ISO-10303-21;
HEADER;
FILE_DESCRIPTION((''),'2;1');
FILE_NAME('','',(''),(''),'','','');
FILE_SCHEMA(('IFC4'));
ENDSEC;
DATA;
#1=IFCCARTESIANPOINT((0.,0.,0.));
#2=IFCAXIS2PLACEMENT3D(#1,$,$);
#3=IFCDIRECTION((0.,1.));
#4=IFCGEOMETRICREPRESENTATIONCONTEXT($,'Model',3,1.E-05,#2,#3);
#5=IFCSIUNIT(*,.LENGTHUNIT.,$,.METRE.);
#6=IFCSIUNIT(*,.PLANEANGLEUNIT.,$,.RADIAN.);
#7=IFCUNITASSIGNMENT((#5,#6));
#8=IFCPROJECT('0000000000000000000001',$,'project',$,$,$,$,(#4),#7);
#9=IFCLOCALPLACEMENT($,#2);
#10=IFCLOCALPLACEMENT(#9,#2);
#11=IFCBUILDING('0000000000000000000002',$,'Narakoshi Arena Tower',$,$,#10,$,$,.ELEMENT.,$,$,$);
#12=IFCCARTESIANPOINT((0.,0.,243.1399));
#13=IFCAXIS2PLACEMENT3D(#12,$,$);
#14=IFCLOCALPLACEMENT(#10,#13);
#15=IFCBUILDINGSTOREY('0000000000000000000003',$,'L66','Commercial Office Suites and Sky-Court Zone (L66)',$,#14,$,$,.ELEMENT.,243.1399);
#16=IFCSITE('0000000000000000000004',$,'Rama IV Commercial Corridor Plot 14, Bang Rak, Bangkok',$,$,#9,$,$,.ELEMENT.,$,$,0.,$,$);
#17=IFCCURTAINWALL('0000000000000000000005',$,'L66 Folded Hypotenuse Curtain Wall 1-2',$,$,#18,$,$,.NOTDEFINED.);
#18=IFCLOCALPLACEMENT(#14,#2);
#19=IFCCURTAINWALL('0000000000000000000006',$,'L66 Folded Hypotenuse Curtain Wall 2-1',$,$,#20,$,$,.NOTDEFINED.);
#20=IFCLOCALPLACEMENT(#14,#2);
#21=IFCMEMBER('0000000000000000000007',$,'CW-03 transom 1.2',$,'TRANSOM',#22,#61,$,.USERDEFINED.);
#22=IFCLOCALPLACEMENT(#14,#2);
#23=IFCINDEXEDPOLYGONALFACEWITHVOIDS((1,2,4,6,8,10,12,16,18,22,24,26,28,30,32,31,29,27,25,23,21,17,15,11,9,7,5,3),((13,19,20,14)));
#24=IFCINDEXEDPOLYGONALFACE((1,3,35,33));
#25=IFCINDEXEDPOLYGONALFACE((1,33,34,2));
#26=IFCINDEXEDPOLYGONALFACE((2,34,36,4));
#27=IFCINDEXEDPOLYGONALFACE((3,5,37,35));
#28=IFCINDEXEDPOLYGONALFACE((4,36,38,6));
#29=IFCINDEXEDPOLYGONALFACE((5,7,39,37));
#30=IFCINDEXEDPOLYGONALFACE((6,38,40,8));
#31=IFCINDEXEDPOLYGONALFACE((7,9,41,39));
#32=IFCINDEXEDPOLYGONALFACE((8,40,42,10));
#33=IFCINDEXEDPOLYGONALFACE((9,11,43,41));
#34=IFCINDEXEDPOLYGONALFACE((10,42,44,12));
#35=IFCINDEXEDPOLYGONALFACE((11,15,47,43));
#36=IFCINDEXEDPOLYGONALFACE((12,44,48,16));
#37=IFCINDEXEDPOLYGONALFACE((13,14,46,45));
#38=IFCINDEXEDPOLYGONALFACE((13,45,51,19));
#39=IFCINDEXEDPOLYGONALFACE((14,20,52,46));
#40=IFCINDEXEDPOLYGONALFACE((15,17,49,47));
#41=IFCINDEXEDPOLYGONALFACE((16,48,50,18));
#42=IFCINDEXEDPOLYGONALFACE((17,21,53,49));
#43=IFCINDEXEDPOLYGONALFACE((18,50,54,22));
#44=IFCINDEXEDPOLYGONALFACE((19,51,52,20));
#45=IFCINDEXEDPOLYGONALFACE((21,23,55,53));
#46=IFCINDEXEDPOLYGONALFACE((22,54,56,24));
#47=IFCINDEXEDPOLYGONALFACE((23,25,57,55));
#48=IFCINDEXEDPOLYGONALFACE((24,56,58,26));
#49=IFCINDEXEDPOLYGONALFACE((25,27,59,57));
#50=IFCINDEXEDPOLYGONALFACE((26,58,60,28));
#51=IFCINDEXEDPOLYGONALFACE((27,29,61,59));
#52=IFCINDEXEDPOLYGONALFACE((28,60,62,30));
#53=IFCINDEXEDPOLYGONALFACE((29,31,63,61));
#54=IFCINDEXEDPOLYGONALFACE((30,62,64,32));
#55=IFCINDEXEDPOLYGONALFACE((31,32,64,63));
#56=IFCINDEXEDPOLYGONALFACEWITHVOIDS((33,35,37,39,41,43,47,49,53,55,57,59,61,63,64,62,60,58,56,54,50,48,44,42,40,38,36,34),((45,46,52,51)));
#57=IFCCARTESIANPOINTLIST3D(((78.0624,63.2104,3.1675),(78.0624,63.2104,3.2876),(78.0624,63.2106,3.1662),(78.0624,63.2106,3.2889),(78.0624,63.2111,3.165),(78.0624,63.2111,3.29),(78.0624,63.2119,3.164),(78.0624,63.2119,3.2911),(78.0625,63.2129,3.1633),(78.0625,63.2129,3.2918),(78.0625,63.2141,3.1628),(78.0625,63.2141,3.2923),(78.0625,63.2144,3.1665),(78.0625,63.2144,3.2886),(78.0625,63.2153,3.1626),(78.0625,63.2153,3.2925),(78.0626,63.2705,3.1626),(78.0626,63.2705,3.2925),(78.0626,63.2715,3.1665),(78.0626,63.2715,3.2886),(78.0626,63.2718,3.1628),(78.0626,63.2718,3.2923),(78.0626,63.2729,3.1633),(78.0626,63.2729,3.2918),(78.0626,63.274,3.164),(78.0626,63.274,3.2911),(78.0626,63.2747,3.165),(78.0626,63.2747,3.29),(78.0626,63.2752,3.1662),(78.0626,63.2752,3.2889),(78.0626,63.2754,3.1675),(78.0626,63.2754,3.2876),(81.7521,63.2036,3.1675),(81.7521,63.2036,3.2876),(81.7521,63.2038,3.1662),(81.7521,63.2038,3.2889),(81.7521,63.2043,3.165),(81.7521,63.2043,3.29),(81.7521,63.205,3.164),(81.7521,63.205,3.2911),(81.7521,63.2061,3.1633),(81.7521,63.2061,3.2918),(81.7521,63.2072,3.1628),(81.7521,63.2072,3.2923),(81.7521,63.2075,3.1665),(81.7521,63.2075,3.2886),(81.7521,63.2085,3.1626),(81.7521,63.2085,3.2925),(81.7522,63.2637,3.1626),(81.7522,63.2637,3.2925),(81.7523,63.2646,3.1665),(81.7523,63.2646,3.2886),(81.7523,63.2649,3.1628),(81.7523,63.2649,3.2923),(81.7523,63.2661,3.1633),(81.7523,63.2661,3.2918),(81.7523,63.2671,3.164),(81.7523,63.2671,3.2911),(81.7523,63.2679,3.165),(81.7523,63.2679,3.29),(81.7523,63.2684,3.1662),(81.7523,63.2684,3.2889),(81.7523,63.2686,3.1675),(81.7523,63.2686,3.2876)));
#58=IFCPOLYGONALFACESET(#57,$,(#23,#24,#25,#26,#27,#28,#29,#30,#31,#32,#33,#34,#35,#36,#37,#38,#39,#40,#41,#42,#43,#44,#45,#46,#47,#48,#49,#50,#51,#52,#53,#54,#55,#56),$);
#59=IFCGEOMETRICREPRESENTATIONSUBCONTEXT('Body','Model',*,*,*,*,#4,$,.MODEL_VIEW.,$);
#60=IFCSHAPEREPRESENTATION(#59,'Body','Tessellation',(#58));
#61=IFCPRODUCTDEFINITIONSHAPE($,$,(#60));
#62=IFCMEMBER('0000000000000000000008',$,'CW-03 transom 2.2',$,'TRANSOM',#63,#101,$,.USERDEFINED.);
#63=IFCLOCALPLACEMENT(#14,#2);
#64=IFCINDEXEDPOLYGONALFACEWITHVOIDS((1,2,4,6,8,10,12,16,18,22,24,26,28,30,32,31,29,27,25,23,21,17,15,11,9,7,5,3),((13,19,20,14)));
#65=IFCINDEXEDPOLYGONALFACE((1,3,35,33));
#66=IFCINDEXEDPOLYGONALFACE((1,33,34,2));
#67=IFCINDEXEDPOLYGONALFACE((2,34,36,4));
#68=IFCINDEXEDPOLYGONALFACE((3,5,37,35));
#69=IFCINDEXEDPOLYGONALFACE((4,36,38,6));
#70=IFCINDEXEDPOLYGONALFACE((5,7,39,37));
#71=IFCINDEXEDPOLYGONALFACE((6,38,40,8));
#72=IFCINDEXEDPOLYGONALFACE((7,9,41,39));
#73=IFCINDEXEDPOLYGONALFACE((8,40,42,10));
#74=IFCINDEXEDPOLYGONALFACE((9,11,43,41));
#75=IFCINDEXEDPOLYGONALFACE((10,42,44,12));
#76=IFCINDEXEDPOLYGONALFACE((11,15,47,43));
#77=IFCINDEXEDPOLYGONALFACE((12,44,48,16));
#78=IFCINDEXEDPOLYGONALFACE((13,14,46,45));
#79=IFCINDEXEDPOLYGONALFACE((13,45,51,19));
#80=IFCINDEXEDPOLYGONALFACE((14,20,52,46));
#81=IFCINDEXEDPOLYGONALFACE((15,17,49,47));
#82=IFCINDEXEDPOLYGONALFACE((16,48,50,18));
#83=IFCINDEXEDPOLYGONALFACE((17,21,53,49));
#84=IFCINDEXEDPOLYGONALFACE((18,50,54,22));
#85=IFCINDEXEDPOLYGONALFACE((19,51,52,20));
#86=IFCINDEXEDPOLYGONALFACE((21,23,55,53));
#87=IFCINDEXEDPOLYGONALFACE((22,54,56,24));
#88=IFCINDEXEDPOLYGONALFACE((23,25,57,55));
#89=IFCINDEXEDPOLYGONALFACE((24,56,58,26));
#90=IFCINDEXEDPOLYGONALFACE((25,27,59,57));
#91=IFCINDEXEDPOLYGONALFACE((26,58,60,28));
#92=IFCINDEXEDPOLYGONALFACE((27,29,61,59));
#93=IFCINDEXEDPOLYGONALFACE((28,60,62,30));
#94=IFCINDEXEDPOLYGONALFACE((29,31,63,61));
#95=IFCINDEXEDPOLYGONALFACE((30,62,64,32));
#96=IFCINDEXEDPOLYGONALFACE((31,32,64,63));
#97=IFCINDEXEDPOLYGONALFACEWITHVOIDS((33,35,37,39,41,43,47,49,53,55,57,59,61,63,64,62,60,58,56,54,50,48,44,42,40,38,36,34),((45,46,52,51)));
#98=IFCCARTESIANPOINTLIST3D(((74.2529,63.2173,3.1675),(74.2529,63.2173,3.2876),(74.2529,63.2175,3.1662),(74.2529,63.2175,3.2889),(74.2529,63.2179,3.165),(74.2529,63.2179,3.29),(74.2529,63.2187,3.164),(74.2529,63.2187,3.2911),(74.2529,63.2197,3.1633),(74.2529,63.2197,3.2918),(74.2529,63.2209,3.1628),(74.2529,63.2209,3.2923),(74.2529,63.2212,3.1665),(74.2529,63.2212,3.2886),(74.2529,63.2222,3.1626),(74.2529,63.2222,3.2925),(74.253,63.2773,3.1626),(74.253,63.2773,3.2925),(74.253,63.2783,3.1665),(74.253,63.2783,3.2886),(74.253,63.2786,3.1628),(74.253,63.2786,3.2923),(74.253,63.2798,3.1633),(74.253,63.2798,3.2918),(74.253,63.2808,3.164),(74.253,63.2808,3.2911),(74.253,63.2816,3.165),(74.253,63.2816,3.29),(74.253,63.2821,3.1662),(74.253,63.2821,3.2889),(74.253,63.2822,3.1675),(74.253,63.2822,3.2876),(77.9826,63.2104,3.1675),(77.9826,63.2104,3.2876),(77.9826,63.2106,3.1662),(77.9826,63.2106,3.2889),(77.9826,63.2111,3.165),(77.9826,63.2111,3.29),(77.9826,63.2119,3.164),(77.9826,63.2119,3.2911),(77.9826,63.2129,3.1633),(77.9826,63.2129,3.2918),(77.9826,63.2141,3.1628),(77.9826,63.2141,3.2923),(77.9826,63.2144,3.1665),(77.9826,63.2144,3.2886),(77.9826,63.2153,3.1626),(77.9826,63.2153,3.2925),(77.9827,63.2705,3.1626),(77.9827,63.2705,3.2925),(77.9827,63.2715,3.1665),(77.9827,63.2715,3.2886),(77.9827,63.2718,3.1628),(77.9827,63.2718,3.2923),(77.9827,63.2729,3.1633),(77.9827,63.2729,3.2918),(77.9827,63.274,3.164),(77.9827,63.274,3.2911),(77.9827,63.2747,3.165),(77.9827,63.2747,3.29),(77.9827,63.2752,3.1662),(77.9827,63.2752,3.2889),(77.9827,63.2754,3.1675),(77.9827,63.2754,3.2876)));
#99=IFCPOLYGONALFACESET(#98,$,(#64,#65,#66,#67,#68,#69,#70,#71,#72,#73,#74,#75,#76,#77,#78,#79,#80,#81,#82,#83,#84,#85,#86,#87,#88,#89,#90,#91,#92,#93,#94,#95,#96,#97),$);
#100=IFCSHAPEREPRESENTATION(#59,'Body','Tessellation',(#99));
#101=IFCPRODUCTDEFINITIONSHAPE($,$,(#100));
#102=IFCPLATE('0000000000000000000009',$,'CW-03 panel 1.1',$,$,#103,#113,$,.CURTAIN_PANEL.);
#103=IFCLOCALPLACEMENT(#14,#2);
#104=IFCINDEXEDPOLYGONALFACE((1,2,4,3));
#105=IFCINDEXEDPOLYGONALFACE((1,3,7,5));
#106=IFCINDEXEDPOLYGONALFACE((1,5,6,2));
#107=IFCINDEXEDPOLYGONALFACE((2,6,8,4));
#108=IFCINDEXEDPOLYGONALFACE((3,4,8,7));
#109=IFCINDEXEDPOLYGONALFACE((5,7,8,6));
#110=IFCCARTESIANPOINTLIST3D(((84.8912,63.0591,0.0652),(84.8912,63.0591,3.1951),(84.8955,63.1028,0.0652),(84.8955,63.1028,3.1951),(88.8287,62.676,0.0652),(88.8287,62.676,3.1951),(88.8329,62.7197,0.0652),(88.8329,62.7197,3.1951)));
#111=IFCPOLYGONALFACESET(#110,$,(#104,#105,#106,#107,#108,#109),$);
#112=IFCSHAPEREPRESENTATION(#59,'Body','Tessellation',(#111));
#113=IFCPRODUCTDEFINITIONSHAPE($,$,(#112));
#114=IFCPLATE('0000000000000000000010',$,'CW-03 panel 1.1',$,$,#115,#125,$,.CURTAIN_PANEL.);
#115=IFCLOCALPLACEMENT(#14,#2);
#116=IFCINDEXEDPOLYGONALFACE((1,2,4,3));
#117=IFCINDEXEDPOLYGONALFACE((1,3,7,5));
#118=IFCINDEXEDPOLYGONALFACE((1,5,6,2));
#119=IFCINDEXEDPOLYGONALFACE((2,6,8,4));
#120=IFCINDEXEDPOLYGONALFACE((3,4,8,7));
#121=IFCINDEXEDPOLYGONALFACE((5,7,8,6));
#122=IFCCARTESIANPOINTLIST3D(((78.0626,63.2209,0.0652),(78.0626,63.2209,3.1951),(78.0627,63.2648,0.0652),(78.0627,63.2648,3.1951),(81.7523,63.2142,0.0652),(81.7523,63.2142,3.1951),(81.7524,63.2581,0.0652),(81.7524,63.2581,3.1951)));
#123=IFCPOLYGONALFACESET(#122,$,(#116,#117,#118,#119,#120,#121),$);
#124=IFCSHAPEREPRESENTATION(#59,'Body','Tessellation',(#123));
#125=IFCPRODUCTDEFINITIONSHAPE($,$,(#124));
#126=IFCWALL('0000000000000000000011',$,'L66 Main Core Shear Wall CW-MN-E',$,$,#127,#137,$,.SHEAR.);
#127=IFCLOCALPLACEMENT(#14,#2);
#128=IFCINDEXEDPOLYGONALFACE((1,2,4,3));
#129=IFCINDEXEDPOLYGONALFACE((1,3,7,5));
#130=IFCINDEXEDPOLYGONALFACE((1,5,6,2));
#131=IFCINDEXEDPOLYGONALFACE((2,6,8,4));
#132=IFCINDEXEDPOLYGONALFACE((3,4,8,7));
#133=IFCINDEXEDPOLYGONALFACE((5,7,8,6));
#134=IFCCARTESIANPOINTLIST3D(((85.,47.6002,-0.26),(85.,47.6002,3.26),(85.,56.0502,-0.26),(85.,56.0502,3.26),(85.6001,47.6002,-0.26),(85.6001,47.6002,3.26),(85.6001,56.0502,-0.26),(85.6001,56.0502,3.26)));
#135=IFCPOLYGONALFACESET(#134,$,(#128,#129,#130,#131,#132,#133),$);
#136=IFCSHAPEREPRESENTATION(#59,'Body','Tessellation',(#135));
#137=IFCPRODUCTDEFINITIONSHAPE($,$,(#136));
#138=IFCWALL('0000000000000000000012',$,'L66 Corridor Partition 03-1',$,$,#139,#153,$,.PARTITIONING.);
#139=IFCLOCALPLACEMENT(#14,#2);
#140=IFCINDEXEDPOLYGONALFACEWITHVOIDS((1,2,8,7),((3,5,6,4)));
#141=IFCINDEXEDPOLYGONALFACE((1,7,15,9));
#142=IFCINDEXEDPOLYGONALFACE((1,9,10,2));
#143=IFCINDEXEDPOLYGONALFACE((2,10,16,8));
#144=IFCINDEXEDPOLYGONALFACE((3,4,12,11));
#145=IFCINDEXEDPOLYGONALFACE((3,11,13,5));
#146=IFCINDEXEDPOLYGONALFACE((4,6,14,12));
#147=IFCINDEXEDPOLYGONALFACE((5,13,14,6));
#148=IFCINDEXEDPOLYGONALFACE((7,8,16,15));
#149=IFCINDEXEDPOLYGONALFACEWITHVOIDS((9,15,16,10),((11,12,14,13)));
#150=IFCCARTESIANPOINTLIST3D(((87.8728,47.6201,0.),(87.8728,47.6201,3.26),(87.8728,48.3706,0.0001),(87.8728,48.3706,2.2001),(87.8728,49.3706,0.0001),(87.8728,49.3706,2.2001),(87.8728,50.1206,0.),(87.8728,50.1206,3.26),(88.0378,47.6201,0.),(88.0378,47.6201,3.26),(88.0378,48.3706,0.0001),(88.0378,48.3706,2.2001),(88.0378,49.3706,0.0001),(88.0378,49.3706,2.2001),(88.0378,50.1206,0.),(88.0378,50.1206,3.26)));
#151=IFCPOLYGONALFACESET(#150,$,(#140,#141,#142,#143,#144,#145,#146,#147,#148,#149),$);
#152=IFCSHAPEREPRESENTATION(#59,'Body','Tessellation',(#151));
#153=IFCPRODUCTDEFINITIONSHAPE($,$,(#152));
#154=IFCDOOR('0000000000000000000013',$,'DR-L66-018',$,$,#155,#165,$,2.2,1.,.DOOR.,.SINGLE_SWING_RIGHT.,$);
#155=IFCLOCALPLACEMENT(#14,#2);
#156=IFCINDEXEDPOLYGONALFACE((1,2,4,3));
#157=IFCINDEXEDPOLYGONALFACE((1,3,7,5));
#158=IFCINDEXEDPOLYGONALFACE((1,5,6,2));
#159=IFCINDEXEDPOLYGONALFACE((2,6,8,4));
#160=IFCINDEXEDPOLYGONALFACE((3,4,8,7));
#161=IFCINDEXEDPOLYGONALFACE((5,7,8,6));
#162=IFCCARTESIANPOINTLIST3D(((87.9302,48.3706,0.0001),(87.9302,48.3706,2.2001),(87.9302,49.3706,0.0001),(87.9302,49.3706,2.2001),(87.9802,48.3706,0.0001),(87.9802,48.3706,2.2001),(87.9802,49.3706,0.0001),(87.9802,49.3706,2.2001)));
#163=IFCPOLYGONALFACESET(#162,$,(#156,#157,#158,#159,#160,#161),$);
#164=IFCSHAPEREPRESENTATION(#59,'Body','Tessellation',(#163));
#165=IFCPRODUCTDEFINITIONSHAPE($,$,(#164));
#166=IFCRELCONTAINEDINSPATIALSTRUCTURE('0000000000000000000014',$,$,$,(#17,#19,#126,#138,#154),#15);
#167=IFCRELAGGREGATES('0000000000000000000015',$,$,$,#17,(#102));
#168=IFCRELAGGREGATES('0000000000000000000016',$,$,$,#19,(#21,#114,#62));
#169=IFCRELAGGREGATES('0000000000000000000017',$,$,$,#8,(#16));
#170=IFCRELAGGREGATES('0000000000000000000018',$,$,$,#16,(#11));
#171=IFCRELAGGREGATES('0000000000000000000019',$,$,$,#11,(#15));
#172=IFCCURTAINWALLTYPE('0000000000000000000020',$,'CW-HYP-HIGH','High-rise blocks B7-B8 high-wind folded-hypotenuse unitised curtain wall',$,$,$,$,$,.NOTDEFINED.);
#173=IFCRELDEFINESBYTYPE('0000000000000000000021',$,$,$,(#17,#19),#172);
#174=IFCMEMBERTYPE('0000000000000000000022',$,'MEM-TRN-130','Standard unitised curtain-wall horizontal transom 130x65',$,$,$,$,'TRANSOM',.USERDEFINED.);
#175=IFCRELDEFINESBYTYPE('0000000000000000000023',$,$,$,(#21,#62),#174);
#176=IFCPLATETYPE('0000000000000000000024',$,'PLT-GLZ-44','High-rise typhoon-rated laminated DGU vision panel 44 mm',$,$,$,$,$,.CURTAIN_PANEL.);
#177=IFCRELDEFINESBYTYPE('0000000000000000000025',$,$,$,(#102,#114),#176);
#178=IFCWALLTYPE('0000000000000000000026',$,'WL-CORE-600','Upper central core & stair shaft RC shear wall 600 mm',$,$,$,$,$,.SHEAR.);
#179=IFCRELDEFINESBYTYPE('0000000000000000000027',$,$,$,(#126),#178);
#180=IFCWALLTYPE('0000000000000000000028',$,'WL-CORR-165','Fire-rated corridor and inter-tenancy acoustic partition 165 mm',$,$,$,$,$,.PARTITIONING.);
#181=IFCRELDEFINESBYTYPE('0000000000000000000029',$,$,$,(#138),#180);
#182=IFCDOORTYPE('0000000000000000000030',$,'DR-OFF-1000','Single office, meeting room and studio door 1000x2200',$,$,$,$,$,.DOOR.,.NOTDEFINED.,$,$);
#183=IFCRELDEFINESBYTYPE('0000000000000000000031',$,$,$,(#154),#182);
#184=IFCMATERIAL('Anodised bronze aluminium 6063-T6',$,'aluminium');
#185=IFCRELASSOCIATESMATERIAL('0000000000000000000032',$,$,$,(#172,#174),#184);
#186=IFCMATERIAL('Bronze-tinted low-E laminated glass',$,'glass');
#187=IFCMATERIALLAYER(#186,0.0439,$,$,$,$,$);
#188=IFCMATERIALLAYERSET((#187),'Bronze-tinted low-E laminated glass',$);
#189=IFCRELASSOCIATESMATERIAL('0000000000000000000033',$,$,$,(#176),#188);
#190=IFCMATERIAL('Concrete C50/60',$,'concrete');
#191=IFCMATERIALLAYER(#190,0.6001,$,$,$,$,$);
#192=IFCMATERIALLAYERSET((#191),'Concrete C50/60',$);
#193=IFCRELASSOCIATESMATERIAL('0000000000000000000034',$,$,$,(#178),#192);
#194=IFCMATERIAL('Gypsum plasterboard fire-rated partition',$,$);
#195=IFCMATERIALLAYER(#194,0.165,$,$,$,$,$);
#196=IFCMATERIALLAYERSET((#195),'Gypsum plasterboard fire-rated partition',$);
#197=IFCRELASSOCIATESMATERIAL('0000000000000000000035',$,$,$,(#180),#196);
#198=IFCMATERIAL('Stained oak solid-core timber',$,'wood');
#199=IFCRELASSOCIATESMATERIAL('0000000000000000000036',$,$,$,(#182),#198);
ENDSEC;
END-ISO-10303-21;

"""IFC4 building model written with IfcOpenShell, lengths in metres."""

from ifc_helpers import new_model, si_unit, direction, frame, frame_2d, origin, origin_2d, place, context, subcontext, project, spatial, rectangle, hollow_rectangle, extrude, material, layer, layer_set, material_profile, profile_set, type_object, element, fill, aggregate, save


model = new_model("IFC4")

# Units and contexts
model_context = context("Model", 3, precision=1e-05, world=origin(), true_north=direction((0.0, 1.0)))
body_context = subcontext(model_context, "Body", "Model", "MODEL_VIEW")
ifc_project = project(units=[si_unit("LENGTHUNIT", "METRE"), si_unit("PLANEANGLEUNIT", "RADIAN")], contexts=[model_context])

# Site, building, storey
site_placement = place(None, origin())
site = spatial("IfcSite", under=ifc_project, at=site_placement, Name="Rama IV Commercial Corridor Plot 14, Bang Rak, Bangkok", CompositionType="ELEMENT", RefElevation=0.0)
building_placement = place(site_placement, origin())
building = spatial("IfcBuilding", under=site, at=building_placement, Name="Narakoshi Arena Tower", CompositionType="ELEMENT")
storey_placement = place(building_placement, frame((0.0, 0.0, 243.1399)))
storey = spatial("IfcBuildingStorey", under=building, at=storey_placement, Name="L66", Description="Commercial Office Suites and Sky-Court Zone (L66)", CompositionType="ELEMENT", Elevation=243.1399)

# Shared definitions
ifc_material_1 = material(Name="Concrete C50/60", Category="concrete")

# Curtain wall
ifc_material_2 = material(Name="Anodised bronze aluminium 6063-T6", Category="aluminium")
curtain_wall_type = type_object("IfcCurtainWallType", Name="CW-HYP-HIGH", Description="High-rise blocks B7-B8 high-wind folded-hypotenuse unitised curtain wall", PredefinedType="NOTDEFINED", material=ifc_material_2)
curtain_wall_1_placement = place(storey_placement, origin())
curtain_wall_1 = element("IfcCurtainWall", 1, at=curtain_wall_1_placement, inside=storey, type_object=curtain_wall_type, Name="L66 Folded Hypotenuse Curtain Wall 1-2", PredefinedType="NOTDEFINED")

# Curtain wall, members
curtain_wall_2_placement = place(storey_placement, origin())
curtain_wall_2 = element("IfcCurtainWall", 2, at=curtain_wall_2_placement, inside=storey, type_object=curtain_wall_type, Name="L66 Folded Hypotenuse Curtain Wall 2-1", PredefinedType="NOTDEFINED")
ifc_material_profile_1 = material_profile(ifc_material_2, hollow_rectangle(XDim=0.0649, YDim=0.1299, WallThickness=0.0039, OuterFilletRadius=0.0049, at=origin_2d()), Name="TRN130x65x4")
ifc_profile_set_1 = profile_set([ifc_material_profile_1], Name="Anodised bronze aluminium 6063-T6")
member_type_1 = type_object("IfcMemberType", Name="MEM-TRN-130", Description="Standard unitised curtain-wall horizontal transom 130x65", ElementType="TRANSOM", PredefinedType="USERDEFINED", material=ifc_profile_set_1)
member_1_placement = place(storey_placement, frame((81.7522, 63.2361, 3.2275), z_axis=(-0.999998, 0.001853, 0.0), x_axis=(-0.001853, -0.999998, 0.0)))
member_1 = element("IfcMember", 3, at=member_1_placement, type_object=member_type_1, Name="CW-03 transom 1.2", ObjectType="TRANSOM", PredefinedType="USERDEFINED", context=body_context, shape_type="SweptSolid", body=[
    extrude(hollow_rectangle(XDim=0.0649, YDim=0.1299, WallThickness=0.0039, OuterFilletRadius=0.0049, at=origin_2d()), origin(), (0.0, 0.0, 1.0), 3.6897),
])
member_2_placement = place(storey_placement, frame((77.9827, 63.2429, 3.2275), z_axis=(-0.999998, 0.001833, 0.0), x_axis=(-0.001833, -0.999998, 0.0)))
member_2 = element("IfcMember", 4, at=member_2_placement, type_object=member_type_1, Name="CW-03 transom 2.2", ObjectType="TRANSOM", PredefinedType="USERDEFINED", context=body_context, shape_type="SweptSolid", body=[
    extrude(hollow_rectangle(XDim=0.0649, YDim=0.1299, WallThickness=0.0039, OuterFilletRadius=0.0049, at=origin_2d()), origin(), (0.0, 0.0, 1.0), 3.7297),
])

# Plates
ifc_material_3 = material(Name="Bronze-tinted low-E laminated glass", Category="glass")
ifc_layer_1 = layer(ifc_material_3, 0.0439)
ifc_layer_set_1 = layer_set([ifc_layer_1], Name="Bronze-tinted low-E laminated glass")
plate_type = type_object("IfcPlateType", Name="PLT-GLZ-44", Description="High-rise typhoon-rated laminated DGU vision panel 44 mm", PredefinedType="CURTAIN_PANEL", material=ifc_layer_set_1)
plate_1_placement = place(storey_placement, frame((86.8621, 62.8894, 0.0652), z_axis=(0.0, 0.0, 1.0), x_axis=(-0.9953, 0.096843, 0.0)))
plate_1 = element("IfcPlate", 5, at=plate_1_placement, type_object=plate_type, Name="CW-03 panel 1.1", PredefinedType="CURTAIN_PANEL", context=body_context, shape_type="SweptSolid", body=[
    extrude(rectangle(XDim=3.9561, YDim=0.0439, at=origin_2d()), origin(), (0.0, 0.0, 1.0), 3.1299),
])
aggregate(curtain_wall_1, [plate_1])
plate_2_placement = place(storey_placement, frame((79.9075, 63.2395, 0.0652), z_axis=(0.0, 0.0, 1.0), x_axis=(-0.999998, 0.00182, 0.0)))
plate_2 = element("IfcPlate", 6, at=plate_2_placement, type_object=plate_type, Name="CW-03 panel 1.1", PredefinedType="CURTAIN_PANEL", context=body_context, shape_type="SweptSolid", body=[
    extrude(rectangle(XDim=3.6897, YDim=0.0439, at=origin_2d()), origin(), (0.0, 0.0, 1.0), 3.1299),
])
aggregate(curtain_wall_2, [member_1, plate_2, member_2])

# Wall
ifc_layer_2 = layer(ifc_material_1, 0.6001)
ifc_layer_set_2 = layer_set([ifc_layer_2], Name="Concrete C50/60")
wall_type_1 = type_object("IfcWallType", Name="WL-CORE-600", Description="Upper central core & stair shaft RC shear wall 600 mm", PredefinedType="SHEAR", material=ifc_layer_set_2)
wall_1_placement = place(storey_placement, frame((85.3, 47.6001, -0.26), z_axis=(0.0, 0.0, 1.0), x_axis=(0.0, 1.0, 0.0)))
element("IfcWall", 7, at=wall_1_placement, inside=storey, type_object=wall_type_1, Name="L66 Main Core Shear Wall CW-MN-E", PredefinedType="SHEAR", context=body_context, shape_type="SweptSolid", body=[
    extrude(rectangle(XDim=8.45, YDim=0.6001, at=frame_2d((4.2251, 0.0))), origin(), (0.0, 0.0, 1.0), 3.52),
])

# Wall, opening, door
ifc_material_4 = material(Name="Gypsum plasterboard fire-rated partition")
ifc_layer_3 = layer(ifc_material_4, 0.165)
ifc_layer_set_3 = layer_set([ifc_layer_3], Name="Gypsum plasterboard fire-rated partition")
wall_type_2 = type_object("IfcWallType", Name="WL-CORR-165", Description="Fire-rated corridor and inter-tenancy acoustic partition 165 mm", PredefinedType="PARTITIONING", material=ifc_layer_set_3)
wall_2_placement = place(storey_placement, frame((87.9553, 47.6201, 0.0), z_axis=(0.0, 0.0, 1.0), x_axis=(0.0, 1.0, 0.0)))
wall_2 = element("IfcWall", 8, at=wall_2_placement, inside=storey, type_object=wall_type_2, Name="L66 Corridor Partition 03-1", PredefinedType="PARTITIONING", context=body_context, shape_type="SweptSolid", body=[
    extrude(rectangle(XDim=2.5005, YDim=0.165, at=frame_2d((1.2502, 0.0))), origin(), (0.0, 0.0, 1.0), 3.26),
])
opening_1_placement = place(wall_2_placement, frame((0.7505, 0.0, 0.0)))
opening_1 = element("IfcOpeningElement", 9, at=opening_1_placement, cuts=wall_2, PredefinedType="OPENING", context=body_context, shape_type="SweptSolid", body=[
    extrude(rectangle(XDim=1.0, YDim=2.2, at=frame_2d((0.5, 1.1001))), frame((0.0, 0.0925, 0.0), z_axis=(0.0, -1.0, 0.0), x_axis=(1.0, 0.0, 0.0)), (0.0, 0.0, 1.0), 0.1851),
])
ifc_material_5 = material(Name="Stained oak solid-core timber", Category="wood")
door_type_1 = type_object("IfcDoorType", Name="DR-OFF-1000", Description="Single office, meeting room and studio door 1000x2200", OperationType="NOTDEFINED", PredefinedType="DOOR", material=ifc_material_5)
door_1_placement = place(opening_1_placement, frame((1.0, 0.0, 0.0), z_axis=(0.0, 0.0, 1.0), x_axis=(-1.0, 0.0, 0.0)))
door_1 = element("IfcDoor", 10, at=door_1_placement, inside=storey, type_object=door_type_1, Name="DR-L66-018", OperationType="SINGLE_SWING_RIGHT", OverallHeight=2.2, OverallWidth=1.0, PredefinedType="DOOR", context=body_context, shape_type="SweptSolid", body=[
    extrude(rectangle(XDim=1.0, YDim=2.2, at=frame_2d((0.5, 1.1001))), frame((0.0, 0.0249, 0.0), z_axis=(0.0, -1.0, 0.0), x_axis=(1.0, 0.0, 0.0)), (0.0, 0.0, 1.0), 0.05),
])
fill(opening_1, door_1)

save(model, "model.ifc")
